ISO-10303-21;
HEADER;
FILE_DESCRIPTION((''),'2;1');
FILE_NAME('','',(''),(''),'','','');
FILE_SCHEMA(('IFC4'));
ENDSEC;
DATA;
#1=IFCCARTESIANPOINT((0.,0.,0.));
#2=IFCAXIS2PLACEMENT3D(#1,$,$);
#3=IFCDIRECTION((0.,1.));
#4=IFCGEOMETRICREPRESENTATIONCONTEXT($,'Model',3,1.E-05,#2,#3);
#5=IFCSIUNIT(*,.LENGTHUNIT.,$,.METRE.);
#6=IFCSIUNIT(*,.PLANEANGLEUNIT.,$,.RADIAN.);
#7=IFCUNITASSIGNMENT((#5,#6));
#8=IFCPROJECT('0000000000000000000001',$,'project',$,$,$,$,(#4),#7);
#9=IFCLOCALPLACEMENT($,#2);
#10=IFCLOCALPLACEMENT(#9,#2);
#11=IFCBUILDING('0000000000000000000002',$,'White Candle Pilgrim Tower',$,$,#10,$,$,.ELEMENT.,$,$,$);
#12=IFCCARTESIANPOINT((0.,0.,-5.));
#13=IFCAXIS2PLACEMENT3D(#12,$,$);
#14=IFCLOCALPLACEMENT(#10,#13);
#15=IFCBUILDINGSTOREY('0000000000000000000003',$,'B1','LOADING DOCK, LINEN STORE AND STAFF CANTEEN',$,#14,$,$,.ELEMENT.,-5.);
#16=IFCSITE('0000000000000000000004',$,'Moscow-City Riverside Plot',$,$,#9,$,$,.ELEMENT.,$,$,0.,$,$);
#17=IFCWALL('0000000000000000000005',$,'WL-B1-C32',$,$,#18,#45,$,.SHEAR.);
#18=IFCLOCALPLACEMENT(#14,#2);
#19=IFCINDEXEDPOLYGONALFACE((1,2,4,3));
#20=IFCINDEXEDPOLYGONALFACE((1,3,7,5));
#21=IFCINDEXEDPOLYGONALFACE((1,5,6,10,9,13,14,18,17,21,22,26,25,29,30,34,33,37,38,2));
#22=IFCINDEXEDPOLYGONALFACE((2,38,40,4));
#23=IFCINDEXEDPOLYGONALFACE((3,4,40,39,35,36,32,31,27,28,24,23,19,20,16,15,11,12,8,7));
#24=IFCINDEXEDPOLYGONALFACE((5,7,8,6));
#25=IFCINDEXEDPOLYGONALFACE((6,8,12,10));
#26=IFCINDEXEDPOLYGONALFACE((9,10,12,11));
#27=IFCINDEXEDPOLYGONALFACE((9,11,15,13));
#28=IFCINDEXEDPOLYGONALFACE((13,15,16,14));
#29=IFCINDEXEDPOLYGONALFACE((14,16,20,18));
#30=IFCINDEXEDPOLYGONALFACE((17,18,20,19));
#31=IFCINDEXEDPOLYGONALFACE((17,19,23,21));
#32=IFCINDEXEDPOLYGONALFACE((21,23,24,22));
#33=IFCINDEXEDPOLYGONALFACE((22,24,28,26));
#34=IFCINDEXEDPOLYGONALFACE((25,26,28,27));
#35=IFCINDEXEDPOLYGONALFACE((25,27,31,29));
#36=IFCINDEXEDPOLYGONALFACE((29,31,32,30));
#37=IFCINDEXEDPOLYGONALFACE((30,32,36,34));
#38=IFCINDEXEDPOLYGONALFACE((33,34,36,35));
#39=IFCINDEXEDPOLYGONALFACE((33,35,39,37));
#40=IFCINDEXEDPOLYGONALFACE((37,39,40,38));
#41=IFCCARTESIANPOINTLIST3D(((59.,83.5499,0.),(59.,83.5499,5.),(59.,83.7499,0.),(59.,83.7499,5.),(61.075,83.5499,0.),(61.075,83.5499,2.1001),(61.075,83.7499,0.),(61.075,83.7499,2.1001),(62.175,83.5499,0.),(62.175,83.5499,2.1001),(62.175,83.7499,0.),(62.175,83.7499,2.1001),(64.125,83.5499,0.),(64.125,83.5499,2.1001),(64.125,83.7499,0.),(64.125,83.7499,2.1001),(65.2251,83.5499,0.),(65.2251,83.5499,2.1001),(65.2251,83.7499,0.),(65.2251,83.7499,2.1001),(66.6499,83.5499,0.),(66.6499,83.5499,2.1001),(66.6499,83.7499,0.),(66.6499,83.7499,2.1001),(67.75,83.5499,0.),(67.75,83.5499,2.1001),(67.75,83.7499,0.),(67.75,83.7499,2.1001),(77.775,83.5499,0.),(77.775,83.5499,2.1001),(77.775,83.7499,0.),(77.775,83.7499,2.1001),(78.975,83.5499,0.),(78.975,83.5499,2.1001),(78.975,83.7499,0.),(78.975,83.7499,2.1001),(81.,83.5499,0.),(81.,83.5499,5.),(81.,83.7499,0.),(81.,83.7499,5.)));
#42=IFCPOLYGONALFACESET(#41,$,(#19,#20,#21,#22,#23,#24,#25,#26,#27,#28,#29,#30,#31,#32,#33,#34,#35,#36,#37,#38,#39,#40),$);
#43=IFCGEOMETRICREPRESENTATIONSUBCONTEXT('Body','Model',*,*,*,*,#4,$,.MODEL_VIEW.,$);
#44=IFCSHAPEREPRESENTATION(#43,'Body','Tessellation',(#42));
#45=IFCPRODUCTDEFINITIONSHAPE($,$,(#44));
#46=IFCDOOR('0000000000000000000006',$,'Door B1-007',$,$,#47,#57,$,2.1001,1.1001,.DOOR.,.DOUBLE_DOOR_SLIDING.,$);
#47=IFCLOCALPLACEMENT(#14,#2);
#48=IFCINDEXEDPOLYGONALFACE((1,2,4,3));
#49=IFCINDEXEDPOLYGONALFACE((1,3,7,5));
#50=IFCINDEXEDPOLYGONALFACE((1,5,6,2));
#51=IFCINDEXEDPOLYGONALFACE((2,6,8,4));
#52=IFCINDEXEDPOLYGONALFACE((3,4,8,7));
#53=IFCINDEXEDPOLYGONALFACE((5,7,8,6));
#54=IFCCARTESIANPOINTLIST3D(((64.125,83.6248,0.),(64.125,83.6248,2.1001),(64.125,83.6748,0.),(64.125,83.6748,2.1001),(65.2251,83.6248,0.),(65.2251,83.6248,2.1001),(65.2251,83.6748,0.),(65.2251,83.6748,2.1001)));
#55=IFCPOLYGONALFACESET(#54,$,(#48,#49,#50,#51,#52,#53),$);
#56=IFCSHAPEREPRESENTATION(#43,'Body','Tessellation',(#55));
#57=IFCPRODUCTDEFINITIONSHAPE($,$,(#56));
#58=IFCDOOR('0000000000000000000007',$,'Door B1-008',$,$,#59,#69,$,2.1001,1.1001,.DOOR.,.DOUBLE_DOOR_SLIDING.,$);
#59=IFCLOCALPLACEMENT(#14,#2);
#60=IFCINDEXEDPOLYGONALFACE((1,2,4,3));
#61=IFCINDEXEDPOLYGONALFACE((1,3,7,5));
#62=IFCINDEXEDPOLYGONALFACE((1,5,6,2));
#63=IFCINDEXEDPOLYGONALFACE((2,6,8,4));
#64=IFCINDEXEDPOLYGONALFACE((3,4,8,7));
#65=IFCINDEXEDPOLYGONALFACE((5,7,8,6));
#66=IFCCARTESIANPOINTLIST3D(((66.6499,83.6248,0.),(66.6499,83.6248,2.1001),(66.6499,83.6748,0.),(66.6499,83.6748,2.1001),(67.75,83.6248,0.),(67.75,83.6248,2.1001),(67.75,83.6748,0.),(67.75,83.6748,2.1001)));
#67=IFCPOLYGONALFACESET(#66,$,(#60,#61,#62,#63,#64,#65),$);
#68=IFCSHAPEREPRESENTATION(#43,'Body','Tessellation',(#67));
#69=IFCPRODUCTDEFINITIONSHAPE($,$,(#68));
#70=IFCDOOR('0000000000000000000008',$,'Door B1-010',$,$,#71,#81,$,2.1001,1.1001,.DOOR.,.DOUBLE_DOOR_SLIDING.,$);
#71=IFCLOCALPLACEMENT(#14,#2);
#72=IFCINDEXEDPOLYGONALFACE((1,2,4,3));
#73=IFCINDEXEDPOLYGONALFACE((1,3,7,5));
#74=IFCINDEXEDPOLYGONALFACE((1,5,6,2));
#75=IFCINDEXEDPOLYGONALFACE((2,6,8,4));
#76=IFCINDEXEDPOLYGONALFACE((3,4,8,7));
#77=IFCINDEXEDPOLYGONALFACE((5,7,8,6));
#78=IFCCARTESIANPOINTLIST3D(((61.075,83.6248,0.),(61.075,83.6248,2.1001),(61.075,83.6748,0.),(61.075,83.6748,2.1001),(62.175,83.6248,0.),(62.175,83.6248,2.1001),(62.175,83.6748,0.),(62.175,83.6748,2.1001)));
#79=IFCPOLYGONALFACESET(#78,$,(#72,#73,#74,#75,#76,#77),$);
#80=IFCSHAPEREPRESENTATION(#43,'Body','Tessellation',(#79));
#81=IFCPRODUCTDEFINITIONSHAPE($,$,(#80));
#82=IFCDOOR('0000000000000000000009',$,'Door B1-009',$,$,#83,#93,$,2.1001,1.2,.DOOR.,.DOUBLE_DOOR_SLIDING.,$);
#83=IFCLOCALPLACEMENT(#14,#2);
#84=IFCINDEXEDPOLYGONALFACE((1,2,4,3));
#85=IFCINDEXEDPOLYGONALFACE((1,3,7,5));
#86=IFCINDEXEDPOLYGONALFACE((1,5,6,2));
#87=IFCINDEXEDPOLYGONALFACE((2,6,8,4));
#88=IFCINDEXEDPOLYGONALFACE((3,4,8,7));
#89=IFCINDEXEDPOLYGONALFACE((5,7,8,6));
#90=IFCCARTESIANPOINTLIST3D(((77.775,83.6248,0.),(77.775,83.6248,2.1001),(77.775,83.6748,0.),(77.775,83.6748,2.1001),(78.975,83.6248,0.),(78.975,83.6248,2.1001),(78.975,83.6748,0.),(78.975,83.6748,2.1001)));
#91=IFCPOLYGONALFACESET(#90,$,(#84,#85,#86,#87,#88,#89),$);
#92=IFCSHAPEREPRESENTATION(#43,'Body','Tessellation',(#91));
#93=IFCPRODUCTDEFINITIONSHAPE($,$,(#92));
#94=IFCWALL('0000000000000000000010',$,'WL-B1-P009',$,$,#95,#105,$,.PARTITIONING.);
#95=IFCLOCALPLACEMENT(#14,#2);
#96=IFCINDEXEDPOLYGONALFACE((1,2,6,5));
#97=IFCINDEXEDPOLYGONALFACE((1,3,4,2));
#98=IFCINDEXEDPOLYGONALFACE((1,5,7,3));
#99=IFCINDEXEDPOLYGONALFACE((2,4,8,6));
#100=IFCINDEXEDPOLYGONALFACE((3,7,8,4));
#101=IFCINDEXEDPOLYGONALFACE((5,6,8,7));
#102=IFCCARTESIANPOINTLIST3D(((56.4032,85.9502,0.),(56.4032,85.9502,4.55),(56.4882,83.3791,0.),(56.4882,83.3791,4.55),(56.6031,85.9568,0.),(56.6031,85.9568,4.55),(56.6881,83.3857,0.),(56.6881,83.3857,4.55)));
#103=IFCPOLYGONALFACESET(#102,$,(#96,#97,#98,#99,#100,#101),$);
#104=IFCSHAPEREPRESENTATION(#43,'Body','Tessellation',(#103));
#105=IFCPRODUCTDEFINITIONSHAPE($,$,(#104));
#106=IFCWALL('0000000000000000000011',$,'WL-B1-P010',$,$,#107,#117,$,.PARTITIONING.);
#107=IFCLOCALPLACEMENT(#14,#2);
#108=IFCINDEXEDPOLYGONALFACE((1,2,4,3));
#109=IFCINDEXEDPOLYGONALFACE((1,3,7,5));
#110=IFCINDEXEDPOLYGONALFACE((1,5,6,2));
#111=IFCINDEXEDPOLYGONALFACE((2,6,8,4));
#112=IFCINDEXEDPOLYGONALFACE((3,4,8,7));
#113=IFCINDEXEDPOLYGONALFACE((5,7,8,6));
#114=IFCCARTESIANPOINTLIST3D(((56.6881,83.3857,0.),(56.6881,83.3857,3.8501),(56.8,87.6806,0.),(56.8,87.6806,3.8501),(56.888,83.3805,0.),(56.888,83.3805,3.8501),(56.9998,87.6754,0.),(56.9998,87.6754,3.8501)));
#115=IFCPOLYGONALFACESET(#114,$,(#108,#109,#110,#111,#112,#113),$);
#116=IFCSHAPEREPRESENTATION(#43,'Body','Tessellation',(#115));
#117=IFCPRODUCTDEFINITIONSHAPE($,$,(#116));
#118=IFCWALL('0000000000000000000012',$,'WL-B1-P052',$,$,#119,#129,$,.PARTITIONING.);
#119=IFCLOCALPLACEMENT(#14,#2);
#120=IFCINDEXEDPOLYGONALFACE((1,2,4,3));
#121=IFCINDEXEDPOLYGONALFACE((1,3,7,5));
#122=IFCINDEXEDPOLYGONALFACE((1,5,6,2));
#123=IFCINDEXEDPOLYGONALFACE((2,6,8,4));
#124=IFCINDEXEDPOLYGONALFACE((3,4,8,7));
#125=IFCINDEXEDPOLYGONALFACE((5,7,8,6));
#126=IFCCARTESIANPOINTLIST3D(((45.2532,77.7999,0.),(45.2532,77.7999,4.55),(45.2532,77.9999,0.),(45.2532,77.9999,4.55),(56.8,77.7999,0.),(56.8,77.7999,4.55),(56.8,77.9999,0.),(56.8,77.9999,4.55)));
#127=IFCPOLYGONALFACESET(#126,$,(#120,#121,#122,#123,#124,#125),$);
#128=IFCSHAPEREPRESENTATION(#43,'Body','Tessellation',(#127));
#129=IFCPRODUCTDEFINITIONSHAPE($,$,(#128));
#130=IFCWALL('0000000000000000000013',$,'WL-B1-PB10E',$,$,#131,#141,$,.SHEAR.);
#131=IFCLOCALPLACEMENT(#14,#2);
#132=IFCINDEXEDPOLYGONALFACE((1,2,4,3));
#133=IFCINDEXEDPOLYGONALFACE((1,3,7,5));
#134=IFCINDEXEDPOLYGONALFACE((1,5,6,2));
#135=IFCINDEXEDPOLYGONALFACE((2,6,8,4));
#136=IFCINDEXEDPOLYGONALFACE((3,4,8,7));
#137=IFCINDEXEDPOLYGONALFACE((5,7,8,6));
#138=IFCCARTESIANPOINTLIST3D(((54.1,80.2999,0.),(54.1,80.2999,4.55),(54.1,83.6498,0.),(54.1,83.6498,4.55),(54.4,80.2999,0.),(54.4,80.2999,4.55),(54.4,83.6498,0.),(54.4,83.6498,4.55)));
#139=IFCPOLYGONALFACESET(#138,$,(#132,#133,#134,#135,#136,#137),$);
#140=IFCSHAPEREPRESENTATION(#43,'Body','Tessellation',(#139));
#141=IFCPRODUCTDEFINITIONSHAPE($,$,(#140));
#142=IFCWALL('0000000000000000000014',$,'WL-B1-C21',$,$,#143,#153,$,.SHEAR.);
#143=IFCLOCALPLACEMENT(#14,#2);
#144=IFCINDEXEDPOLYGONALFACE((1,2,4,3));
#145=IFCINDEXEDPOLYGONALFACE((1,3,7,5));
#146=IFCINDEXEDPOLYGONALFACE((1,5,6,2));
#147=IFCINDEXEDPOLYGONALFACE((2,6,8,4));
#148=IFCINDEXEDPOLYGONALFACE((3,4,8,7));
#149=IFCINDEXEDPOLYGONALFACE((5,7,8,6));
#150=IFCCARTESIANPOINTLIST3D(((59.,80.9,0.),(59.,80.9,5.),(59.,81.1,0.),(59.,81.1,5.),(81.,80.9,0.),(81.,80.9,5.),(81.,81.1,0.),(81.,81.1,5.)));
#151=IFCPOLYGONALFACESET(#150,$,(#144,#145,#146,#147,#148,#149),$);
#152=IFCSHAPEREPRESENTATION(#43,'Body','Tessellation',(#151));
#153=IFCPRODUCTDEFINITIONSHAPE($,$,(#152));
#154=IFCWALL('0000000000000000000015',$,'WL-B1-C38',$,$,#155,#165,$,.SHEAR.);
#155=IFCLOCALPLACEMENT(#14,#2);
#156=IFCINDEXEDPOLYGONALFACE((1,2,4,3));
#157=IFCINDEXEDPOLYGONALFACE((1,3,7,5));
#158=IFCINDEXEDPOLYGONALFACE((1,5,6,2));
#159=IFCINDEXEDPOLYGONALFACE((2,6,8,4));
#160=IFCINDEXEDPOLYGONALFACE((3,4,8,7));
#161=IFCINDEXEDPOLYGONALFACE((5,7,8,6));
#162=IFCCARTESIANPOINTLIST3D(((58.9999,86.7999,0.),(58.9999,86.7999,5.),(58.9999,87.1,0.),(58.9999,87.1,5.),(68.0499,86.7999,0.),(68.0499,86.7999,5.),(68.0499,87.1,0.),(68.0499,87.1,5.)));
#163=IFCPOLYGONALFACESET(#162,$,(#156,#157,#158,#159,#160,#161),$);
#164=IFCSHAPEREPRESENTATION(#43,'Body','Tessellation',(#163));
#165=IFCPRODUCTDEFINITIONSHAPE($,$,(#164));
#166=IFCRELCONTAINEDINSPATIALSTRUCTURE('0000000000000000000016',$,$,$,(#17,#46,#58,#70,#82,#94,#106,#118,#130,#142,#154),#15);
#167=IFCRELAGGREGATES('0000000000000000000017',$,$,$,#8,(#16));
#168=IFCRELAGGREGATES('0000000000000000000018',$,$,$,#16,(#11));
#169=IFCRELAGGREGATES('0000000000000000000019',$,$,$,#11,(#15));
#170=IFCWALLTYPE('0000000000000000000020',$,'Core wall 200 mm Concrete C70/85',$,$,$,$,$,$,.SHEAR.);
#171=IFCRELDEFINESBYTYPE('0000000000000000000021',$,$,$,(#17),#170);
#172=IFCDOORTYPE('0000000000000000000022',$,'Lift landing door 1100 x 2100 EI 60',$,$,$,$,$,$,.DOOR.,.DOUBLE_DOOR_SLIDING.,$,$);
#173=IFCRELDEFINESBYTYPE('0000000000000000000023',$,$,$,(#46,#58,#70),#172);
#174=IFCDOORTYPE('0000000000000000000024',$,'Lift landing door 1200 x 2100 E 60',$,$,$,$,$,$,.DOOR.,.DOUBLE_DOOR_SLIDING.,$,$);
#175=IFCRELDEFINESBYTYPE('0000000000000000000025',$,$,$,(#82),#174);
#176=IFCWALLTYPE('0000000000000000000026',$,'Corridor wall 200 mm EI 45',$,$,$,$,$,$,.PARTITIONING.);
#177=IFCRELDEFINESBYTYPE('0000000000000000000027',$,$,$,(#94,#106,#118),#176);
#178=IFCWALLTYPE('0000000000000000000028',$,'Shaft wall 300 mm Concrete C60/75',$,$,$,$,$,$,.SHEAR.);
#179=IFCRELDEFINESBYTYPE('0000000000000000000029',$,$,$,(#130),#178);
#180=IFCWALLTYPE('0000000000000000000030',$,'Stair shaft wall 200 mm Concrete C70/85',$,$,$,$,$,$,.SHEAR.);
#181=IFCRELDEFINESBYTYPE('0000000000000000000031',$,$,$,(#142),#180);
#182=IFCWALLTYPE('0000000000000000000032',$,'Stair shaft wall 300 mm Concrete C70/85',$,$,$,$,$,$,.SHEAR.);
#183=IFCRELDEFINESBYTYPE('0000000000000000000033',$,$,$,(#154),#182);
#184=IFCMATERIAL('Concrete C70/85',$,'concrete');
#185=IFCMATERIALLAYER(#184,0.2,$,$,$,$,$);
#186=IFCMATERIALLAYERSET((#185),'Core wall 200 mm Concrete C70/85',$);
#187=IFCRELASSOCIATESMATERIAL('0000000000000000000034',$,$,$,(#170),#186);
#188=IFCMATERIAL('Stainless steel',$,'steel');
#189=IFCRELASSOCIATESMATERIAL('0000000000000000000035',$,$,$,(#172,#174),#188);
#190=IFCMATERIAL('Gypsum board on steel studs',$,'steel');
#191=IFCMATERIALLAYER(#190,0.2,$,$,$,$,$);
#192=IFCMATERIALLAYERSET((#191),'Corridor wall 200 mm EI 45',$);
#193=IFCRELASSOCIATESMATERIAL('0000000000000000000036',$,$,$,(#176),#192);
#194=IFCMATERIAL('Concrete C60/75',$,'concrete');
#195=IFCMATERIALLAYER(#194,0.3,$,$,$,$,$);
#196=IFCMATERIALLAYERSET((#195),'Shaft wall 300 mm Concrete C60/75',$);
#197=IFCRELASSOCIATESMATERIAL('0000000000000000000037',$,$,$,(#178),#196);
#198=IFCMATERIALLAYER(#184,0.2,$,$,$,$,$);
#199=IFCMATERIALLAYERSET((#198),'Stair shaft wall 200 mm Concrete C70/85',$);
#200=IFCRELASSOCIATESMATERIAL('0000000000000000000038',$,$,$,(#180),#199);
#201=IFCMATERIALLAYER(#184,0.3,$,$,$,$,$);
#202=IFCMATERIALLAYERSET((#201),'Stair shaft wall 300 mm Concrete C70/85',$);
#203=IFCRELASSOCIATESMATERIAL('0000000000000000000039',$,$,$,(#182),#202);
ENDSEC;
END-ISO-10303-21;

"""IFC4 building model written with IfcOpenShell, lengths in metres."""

from ifc_helpers import new_model, si_unit, direction, frame, frame_2d, origin, place, context, subcontext, project, spatial, rectangle, extrude, material, layer, layer_set, type_object, element, fill, save


model = new_model("IFC4")

# Units and contexts
model_context = context("Model", 3, precision=1e-05, world=origin(), true_north=direction((0.0, 1.0)))
body_context = subcontext(model_context, "Body", "Model", "MODEL_VIEW")
ifc_project = project(units=[si_unit("LENGTHUNIT", "METRE"), si_unit("PLANEANGLEUNIT", "RADIAN")], contexts=[model_context])

# Site, building, storey
site_placement = place(None, origin())
site = spatial("IfcSite", under=ifc_project, at=site_placement, Name="Moscow-City Riverside Plot", CompositionType="ELEMENT", RefElevation=0.0)
building_placement = place(site_placement, origin())
building = spatial("IfcBuilding", under=site, at=building_placement, Name="White Candle Pilgrim Tower", CompositionType="ELEMENT")
storey_placement = place(building_placement, frame((0.0, 0.0, -5.0)))
storey = spatial("IfcBuildingStorey", under=building, at=storey_placement, Name="B1", Description="LOADING DOCK, LINEN STORE AND STAFF CANTEEN", CompositionType="ELEMENT", Elevation=-5.0)

# Shared definitions
ifc_material_1 = material(Name="Concrete C70/85", Category="concrete")
ifc_layer_1 = layer(ifc_material_1, 0.2)
ifc_layer_set_1 = layer_set([ifc_layer_1], Name="Core wall 200 mm Concrete C70/85")
wall_type_1 = type_object("IfcWallType", Name="Core wall 200 mm Concrete C70/85", PredefinedType="SHEAR", material=ifc_layer_set_1)

# Wall, openings, doors
wall_1_placement = place(storey_placement, frame((59.0, 83.6499, 0.0), z_axis=(0.0, 0.0, 1.0), x_axis=(1.0, 0.0, 0.0)))
wall_1 = element("IfcWall", 1, at=wall_1_placement, inside=storey, type_object=wall_type_1, Name="WL-B1-C32", PredefinedType="SHEAR", context=body_context, shape_type="SweptSolid", body=[
    extrude(rectangle(XDim=22.0, YDim=0.2, at=frame_2d((11.0, 0.0))), origin(), (0.0, 0.0, 1.0), 5.0),
])
opening_1_placement = place(wall_1_placement, frame((5.125, 0.0, 0.0)))
opening_1 = element("IfcOpeningElement", 2, at=opening_1_placement, cuts=wall_1, PredefinedType="OPENING", context=body_context, shape_type="SweptSolid", body=[
    extrude(rectangle(XDim=1.1001, YDim=2.1001, at=frame_2d((0.55, 1.05))), frame((0.0, 0.1099, 0.0), z_axis=(0.0, -1.0, 0.0), x_axis=(1.0, 0.0, 0.0)), (0.0, 0.0, 1.0), 0.22),
])
opening_2_placement = place(wall_1_placement, frame((7.6499, 0.0, 0.0)))
opening_2 = element("IfcOpeningElement", 3, at=opening_2_placement, cuts=wall_1, PredefinedType="OPENING", context=body_context, shape_type="SweptSolid", body=[
    extrude(rectangle(XDim=1.1001, YDim=2.1001, at=frame_2d((0.55, 1.05))), frame((0.0, 0.1099, 0.0), z_axis=(0.0, -1.0, 0.0), x_axis=(1.0, 0.0, 0.0)), (0.0, 0.0, 1.0), 0.22),
])
opening_3_placement = place(wall_1_placement, frame((18.7749, 0.0, 0.0)))
opening_3 = element("IfcOpeningElement", 4, at=opening_3_placement, cuts=wall_1, PredefinedType="OPENING", context=body_context, shape_type="SweptSolid", body=[
    extrude(rectangle(XDim=1.2, YDim=2.1001, at=frame_2d((0.6001, 1.05))), frame((0.0, 0.1099, 0.0), z_axis=(0.0, -1.0, 0.0), x_axis=(1.0, 0.0, 0.0)), (0.0, 0.0, 1.0), 0.22),
])
opening_4_placement = place(wall_1_placement, frame((2.075, 0.0, 0.0)))
opening_4 = element("IfcOpeningElement", 5, at=opening_4_placement, cuts=wall_1, PredefinedType="OPENING", context=body_context, shape_type="SweptSolid", body=[
    extrude(rectangle(XDim=1.1001, YDim=2.1001, at=frame_2d((0.55, 1.05))), frame((0.0, 0.1099, 0.0), z_axis=(0.0, -1.0, 0.0), x_axis=(1.0, 0.0, 0.0)), (0.0, 0.0, 1.0), 0.22),
])
ifc_material_2 = material(Name="Stainless steel", Category="steel")
door_type_1 = type_object("IfcDoorType", Name="Lift landing door 1100 x 2100 EI 60", OperationType="DOUBLE_DOOR_SLIDING", PredefinedType="DOOR", material=ifc_material_2)
door_1_placement = place(opening_1_placement, origin())
door_1 = element("IfcDoor", 6, at=door_1_placement, inside=storey, type_object=door_type_1, Name="Door B1-007", OperationType="DOUBLE_DOOR_SLIDING", OverallHeight=2.1001, OverallWidth=1.1001, PredefinedType="DOOR", context=body_context, shape_type="SweptSolid", body=[
    extrude(rectangle(XDim=1.1001, YDim=2.1001, at=frame_2d((0.55, 1.05))), frame((0.0, 0.0249, 0.0), z_axis=(0.0, -1.0, 0.0), x_axis=(1.0, 0.0, 0.0)), (0.0, 0.0, 1.0), 0.05),
])
fill(opening_1, door_1)
door_2_placement = place(opening_2_placement, origin())
door_2 = element("IfcDoor", 7, at=door_2_placement, inside=storey, type_object=door_type_1, Name="Door B1-008", OperationType="DOUBLE_DOOR_SLIDING", OverallHeight=2.1001, OverallWidth=1.1001, PredefinedType="DOOR", context=body_context, shape_type="SweptSolid", body=[
    extrude(rectangle(XDim=1.1001, YDim=2.1001, at=frame_2d((0.55, 1.05))), frame((0.0, 0.0249, 0.0), z_axis=(0.0, -1.0, 0.0), x_axis=(1.0, 0.0, 0.0)), (0.0, 0.0, 1.0), 0.05),
])
fill(opening_2, door_2)
door_3_placement = place(opening_4_placement, origin())
door_3 = element("IfcDoor", 8, at=door_3_placement, inside=storey, type_object=door_type_1, Name="Door B1-010", OperationType="DOUBLE_DOOR_SLIDING", OverallHeight=2.1001, OverallWidth=1.1001, PredefinedType="DOOR", context=body_context, shape_type="SweptSolid", body=[
    extrude(rectangle(XDim=1.1001, YDim=2.1001, at=frame_2d((0.55, 1.05))), frame((0.0, 0.0249, 0.0), z_axis=(0.0, -1.0, 0.0), x_axis=(1.0, 0.0, 0.0)), (0.0, 0.0, 1.0), 0.05),
])
fill(opening_4, door_3)
door_type_2 = type_object("IfcDoorType", Name="Lift landing door 1200 x 2100 E 60", OperationType="DOUBLE_DOOR_SLIDING", PredefinedType="DOOR", material=ifc_material_2)
door_4_placement = place(opening_3_placement, origin())
door_4 = element("IfcDoor", 9, at=door_4_placement, inside=storey, type_object=door_type_2, Name="Door B1-009", OperationType="DOUBLE_DOOR_SLIDING", OverallHeight=2.1001, OverallWidth=1.2, PredefinedType="DOOR", context=body_context, shape_type="SweptSolid", body=[
    extrude(rectangle(XDim=1.2, YDim=2.1001, at=frame_2d((0.6001, 1.05))), frame((0.0, 0.0249, 0.0), z_axis=(0.0, -1.0, 0.0), x_axis=(1.0, 0.0, 0.0)), (0.0, 0.0, 1.0), 0.05),
])
fill(opening_3, door_4)

# Walls
ifc_material_3 = material(Name="Gypsum board on steel studs", Category="steel")
ifc_layer_2 = layer(ifc_material_3, 0.2)
ifc_layer_set_2 = layer_set([ifc_layer_2], Name="Corridor wall 200 mm EI 45")
wall_type_2 = type_object("IfcWallType", Name="Corridor wall 200 mm EI 45", PredefinedType="PARTITIONING", material=ifc_layer_set_2)
wall_2_placement = place(storey_placement, frame((56.5032, 85.9534, 0.0), z_axis=(0.0, 0.0, 1.0), x_axis=(0.033027, -0.999454, 0.0)))
element("IfcWall", 10, at=wall_2_placement, inside=storey, type_object=wall_type_2, Name="WL-B1-P009", PredefinedType="PARTITIONING", context=body_context, shape_type="SweptSolid", body=[
    extrude(rectangle(XDim=2.5725, YDim=0.2, at=frame_2d((1.2861, 0.0))), origin(), (0.0, 0.0, 1.0), 4.55),
])
wall_3_placement = place(storey_placement, frame((56.7881, 83.3831, 0.0), z_axis=(0.0, 0.0, 1.0), x_axis=(0.026026, 0.999661, 0.0)))
element("IfcWall", 11, at=wall_3_placement, inside=storey, type_object=wall_type_2, Name="WL-B1-P010", PredefinedType="PARTITIONING", context=body_context, shape_type="SweptSolid", body=[
    extrude(rectangle(XDim=4.2964, YDim=0.2, at=frame_2d((2.1482, 0.0))), origin(), (0.0, 0.0, 1.0), 3.8501),
])
wall_4_placement = place(storey_placement, frame((56.8, 77.8999, 0.0), z_axis=(0.0, 0.0, 1.0), x_axis=(-1.0, 0.0, 0.0)))
element("IfcWall", 12, at=wall_4_placement, inside=storey, type_object=wall_type_2, Name="WL-B1-P052", PredefinedType="PARTITIONING", context=body_context, shape_type="SweptSolid", body=[
    extrude(rectangle(XDim=11.5469, YDim=0.2, at=frame_2d((5.7734, 0.0))), origin(), (0.0, 0.0, 1.0), 4.55),
])
ifc_material_4 = material(Name="Concrete C60/75", Category="concrete")
ifc_layer_3 = layer(ifc_material_4, 0.3)
ifc_layer_set_3 = layer_set([ifc_layer_3], Name="Shaft wall 300 mm Concrete C60/75")
wall_type_3 = type_object("IfcWallType", Name="Shaft wall 300 mm Concrete C60/75", PredefinedType="SHEAR", material=ifc_layer_set_3)
wall_5_placement = place(storey_placement, frame((54.25, 80.3, 0.0), z_axis=(0.0, 0.0, 1.0), x_axis=(0.0, 1.0, 0.0)))
element("IfcWall", 13, at=wall_5_placement, inside=storey, type_object=wall_type_3, Name="WL-B1-PB10E", PredefinedType="SHEAR", context=body_context, shape_type="SweptSolid", body=[
    extrude(rectangle(XDim=3.3499, YDim=0.3, at=frame_2d((1.6748, 0.0))), origin(), (0.0, 0.0, 1.0), 4.55),
])
ifc_layer_4 = layer(ifc_material_1, 0.2)
ifc_layer_set_4 = layer_set([ifc_layer_4], Name="Stair shaft wall 200 mm Concrete C70/85")
wall_type_4 = type_object("IfcWallType", Name="Stair shaft wall 200 mm Concrete C70/85", PredefinedType="SHEAR", material=ifc_layer_set_4)
wall_6_placement = place(storey_placement, frame((59.0, 81.0, 0.0), z_axis=(0.0, 0.0, 1.0), x_axis=(1.0, 0.0, 0.0)))
element("IfcWall", 14, at=wall_6_placement, inside=storey, type_object=wall_type_4, Name="WL-B1-C21", PredefinedType="SHEAR", context=body_context, shape_type="SweptSolid", body=[
    extrude(rectangle(XDim=22.0, YDim=0.2, at=frame_2d((11.0, 0.0))), origin(), (0.0, 0.0, 1.0), 5.0),
])
ifc_layer_5 = layer(ifc_material_1, 0.3)
ifc_layer_set_5 = layer_set([ifc_layer_5], Name="Stair shaft wall 300 mm Concrete C70/85")
wall_type_5 = type_object("IfcWallType", Name="Stair shaft wall 300 mm Concrete C70/85", PredefinedType="SHEAR", material=ifc_layer_set_5)
wall_7_placement = place(storey_placement, frame((59.0, 86.95, 0.0), z_axis=(0.0, 0.0, 1.0), x_axis=(1.0, 0.0, 0.0)))
element("IfcWall", 15, at=wall_7_placement, inside=storey, type_object=wall_type_5, Name="WL-B1-C38", PredefinedType="SHEAR", context=body_context, shape_type="SweptSolid", body=[
    extrude(rectangle(XDim=9.05, YDim=0.3, at=frame_2d((4.5249, 0.0))), origin(), (0.0, 0.0, 1.0), 5.0),
])

save(model, "model.ifc")
